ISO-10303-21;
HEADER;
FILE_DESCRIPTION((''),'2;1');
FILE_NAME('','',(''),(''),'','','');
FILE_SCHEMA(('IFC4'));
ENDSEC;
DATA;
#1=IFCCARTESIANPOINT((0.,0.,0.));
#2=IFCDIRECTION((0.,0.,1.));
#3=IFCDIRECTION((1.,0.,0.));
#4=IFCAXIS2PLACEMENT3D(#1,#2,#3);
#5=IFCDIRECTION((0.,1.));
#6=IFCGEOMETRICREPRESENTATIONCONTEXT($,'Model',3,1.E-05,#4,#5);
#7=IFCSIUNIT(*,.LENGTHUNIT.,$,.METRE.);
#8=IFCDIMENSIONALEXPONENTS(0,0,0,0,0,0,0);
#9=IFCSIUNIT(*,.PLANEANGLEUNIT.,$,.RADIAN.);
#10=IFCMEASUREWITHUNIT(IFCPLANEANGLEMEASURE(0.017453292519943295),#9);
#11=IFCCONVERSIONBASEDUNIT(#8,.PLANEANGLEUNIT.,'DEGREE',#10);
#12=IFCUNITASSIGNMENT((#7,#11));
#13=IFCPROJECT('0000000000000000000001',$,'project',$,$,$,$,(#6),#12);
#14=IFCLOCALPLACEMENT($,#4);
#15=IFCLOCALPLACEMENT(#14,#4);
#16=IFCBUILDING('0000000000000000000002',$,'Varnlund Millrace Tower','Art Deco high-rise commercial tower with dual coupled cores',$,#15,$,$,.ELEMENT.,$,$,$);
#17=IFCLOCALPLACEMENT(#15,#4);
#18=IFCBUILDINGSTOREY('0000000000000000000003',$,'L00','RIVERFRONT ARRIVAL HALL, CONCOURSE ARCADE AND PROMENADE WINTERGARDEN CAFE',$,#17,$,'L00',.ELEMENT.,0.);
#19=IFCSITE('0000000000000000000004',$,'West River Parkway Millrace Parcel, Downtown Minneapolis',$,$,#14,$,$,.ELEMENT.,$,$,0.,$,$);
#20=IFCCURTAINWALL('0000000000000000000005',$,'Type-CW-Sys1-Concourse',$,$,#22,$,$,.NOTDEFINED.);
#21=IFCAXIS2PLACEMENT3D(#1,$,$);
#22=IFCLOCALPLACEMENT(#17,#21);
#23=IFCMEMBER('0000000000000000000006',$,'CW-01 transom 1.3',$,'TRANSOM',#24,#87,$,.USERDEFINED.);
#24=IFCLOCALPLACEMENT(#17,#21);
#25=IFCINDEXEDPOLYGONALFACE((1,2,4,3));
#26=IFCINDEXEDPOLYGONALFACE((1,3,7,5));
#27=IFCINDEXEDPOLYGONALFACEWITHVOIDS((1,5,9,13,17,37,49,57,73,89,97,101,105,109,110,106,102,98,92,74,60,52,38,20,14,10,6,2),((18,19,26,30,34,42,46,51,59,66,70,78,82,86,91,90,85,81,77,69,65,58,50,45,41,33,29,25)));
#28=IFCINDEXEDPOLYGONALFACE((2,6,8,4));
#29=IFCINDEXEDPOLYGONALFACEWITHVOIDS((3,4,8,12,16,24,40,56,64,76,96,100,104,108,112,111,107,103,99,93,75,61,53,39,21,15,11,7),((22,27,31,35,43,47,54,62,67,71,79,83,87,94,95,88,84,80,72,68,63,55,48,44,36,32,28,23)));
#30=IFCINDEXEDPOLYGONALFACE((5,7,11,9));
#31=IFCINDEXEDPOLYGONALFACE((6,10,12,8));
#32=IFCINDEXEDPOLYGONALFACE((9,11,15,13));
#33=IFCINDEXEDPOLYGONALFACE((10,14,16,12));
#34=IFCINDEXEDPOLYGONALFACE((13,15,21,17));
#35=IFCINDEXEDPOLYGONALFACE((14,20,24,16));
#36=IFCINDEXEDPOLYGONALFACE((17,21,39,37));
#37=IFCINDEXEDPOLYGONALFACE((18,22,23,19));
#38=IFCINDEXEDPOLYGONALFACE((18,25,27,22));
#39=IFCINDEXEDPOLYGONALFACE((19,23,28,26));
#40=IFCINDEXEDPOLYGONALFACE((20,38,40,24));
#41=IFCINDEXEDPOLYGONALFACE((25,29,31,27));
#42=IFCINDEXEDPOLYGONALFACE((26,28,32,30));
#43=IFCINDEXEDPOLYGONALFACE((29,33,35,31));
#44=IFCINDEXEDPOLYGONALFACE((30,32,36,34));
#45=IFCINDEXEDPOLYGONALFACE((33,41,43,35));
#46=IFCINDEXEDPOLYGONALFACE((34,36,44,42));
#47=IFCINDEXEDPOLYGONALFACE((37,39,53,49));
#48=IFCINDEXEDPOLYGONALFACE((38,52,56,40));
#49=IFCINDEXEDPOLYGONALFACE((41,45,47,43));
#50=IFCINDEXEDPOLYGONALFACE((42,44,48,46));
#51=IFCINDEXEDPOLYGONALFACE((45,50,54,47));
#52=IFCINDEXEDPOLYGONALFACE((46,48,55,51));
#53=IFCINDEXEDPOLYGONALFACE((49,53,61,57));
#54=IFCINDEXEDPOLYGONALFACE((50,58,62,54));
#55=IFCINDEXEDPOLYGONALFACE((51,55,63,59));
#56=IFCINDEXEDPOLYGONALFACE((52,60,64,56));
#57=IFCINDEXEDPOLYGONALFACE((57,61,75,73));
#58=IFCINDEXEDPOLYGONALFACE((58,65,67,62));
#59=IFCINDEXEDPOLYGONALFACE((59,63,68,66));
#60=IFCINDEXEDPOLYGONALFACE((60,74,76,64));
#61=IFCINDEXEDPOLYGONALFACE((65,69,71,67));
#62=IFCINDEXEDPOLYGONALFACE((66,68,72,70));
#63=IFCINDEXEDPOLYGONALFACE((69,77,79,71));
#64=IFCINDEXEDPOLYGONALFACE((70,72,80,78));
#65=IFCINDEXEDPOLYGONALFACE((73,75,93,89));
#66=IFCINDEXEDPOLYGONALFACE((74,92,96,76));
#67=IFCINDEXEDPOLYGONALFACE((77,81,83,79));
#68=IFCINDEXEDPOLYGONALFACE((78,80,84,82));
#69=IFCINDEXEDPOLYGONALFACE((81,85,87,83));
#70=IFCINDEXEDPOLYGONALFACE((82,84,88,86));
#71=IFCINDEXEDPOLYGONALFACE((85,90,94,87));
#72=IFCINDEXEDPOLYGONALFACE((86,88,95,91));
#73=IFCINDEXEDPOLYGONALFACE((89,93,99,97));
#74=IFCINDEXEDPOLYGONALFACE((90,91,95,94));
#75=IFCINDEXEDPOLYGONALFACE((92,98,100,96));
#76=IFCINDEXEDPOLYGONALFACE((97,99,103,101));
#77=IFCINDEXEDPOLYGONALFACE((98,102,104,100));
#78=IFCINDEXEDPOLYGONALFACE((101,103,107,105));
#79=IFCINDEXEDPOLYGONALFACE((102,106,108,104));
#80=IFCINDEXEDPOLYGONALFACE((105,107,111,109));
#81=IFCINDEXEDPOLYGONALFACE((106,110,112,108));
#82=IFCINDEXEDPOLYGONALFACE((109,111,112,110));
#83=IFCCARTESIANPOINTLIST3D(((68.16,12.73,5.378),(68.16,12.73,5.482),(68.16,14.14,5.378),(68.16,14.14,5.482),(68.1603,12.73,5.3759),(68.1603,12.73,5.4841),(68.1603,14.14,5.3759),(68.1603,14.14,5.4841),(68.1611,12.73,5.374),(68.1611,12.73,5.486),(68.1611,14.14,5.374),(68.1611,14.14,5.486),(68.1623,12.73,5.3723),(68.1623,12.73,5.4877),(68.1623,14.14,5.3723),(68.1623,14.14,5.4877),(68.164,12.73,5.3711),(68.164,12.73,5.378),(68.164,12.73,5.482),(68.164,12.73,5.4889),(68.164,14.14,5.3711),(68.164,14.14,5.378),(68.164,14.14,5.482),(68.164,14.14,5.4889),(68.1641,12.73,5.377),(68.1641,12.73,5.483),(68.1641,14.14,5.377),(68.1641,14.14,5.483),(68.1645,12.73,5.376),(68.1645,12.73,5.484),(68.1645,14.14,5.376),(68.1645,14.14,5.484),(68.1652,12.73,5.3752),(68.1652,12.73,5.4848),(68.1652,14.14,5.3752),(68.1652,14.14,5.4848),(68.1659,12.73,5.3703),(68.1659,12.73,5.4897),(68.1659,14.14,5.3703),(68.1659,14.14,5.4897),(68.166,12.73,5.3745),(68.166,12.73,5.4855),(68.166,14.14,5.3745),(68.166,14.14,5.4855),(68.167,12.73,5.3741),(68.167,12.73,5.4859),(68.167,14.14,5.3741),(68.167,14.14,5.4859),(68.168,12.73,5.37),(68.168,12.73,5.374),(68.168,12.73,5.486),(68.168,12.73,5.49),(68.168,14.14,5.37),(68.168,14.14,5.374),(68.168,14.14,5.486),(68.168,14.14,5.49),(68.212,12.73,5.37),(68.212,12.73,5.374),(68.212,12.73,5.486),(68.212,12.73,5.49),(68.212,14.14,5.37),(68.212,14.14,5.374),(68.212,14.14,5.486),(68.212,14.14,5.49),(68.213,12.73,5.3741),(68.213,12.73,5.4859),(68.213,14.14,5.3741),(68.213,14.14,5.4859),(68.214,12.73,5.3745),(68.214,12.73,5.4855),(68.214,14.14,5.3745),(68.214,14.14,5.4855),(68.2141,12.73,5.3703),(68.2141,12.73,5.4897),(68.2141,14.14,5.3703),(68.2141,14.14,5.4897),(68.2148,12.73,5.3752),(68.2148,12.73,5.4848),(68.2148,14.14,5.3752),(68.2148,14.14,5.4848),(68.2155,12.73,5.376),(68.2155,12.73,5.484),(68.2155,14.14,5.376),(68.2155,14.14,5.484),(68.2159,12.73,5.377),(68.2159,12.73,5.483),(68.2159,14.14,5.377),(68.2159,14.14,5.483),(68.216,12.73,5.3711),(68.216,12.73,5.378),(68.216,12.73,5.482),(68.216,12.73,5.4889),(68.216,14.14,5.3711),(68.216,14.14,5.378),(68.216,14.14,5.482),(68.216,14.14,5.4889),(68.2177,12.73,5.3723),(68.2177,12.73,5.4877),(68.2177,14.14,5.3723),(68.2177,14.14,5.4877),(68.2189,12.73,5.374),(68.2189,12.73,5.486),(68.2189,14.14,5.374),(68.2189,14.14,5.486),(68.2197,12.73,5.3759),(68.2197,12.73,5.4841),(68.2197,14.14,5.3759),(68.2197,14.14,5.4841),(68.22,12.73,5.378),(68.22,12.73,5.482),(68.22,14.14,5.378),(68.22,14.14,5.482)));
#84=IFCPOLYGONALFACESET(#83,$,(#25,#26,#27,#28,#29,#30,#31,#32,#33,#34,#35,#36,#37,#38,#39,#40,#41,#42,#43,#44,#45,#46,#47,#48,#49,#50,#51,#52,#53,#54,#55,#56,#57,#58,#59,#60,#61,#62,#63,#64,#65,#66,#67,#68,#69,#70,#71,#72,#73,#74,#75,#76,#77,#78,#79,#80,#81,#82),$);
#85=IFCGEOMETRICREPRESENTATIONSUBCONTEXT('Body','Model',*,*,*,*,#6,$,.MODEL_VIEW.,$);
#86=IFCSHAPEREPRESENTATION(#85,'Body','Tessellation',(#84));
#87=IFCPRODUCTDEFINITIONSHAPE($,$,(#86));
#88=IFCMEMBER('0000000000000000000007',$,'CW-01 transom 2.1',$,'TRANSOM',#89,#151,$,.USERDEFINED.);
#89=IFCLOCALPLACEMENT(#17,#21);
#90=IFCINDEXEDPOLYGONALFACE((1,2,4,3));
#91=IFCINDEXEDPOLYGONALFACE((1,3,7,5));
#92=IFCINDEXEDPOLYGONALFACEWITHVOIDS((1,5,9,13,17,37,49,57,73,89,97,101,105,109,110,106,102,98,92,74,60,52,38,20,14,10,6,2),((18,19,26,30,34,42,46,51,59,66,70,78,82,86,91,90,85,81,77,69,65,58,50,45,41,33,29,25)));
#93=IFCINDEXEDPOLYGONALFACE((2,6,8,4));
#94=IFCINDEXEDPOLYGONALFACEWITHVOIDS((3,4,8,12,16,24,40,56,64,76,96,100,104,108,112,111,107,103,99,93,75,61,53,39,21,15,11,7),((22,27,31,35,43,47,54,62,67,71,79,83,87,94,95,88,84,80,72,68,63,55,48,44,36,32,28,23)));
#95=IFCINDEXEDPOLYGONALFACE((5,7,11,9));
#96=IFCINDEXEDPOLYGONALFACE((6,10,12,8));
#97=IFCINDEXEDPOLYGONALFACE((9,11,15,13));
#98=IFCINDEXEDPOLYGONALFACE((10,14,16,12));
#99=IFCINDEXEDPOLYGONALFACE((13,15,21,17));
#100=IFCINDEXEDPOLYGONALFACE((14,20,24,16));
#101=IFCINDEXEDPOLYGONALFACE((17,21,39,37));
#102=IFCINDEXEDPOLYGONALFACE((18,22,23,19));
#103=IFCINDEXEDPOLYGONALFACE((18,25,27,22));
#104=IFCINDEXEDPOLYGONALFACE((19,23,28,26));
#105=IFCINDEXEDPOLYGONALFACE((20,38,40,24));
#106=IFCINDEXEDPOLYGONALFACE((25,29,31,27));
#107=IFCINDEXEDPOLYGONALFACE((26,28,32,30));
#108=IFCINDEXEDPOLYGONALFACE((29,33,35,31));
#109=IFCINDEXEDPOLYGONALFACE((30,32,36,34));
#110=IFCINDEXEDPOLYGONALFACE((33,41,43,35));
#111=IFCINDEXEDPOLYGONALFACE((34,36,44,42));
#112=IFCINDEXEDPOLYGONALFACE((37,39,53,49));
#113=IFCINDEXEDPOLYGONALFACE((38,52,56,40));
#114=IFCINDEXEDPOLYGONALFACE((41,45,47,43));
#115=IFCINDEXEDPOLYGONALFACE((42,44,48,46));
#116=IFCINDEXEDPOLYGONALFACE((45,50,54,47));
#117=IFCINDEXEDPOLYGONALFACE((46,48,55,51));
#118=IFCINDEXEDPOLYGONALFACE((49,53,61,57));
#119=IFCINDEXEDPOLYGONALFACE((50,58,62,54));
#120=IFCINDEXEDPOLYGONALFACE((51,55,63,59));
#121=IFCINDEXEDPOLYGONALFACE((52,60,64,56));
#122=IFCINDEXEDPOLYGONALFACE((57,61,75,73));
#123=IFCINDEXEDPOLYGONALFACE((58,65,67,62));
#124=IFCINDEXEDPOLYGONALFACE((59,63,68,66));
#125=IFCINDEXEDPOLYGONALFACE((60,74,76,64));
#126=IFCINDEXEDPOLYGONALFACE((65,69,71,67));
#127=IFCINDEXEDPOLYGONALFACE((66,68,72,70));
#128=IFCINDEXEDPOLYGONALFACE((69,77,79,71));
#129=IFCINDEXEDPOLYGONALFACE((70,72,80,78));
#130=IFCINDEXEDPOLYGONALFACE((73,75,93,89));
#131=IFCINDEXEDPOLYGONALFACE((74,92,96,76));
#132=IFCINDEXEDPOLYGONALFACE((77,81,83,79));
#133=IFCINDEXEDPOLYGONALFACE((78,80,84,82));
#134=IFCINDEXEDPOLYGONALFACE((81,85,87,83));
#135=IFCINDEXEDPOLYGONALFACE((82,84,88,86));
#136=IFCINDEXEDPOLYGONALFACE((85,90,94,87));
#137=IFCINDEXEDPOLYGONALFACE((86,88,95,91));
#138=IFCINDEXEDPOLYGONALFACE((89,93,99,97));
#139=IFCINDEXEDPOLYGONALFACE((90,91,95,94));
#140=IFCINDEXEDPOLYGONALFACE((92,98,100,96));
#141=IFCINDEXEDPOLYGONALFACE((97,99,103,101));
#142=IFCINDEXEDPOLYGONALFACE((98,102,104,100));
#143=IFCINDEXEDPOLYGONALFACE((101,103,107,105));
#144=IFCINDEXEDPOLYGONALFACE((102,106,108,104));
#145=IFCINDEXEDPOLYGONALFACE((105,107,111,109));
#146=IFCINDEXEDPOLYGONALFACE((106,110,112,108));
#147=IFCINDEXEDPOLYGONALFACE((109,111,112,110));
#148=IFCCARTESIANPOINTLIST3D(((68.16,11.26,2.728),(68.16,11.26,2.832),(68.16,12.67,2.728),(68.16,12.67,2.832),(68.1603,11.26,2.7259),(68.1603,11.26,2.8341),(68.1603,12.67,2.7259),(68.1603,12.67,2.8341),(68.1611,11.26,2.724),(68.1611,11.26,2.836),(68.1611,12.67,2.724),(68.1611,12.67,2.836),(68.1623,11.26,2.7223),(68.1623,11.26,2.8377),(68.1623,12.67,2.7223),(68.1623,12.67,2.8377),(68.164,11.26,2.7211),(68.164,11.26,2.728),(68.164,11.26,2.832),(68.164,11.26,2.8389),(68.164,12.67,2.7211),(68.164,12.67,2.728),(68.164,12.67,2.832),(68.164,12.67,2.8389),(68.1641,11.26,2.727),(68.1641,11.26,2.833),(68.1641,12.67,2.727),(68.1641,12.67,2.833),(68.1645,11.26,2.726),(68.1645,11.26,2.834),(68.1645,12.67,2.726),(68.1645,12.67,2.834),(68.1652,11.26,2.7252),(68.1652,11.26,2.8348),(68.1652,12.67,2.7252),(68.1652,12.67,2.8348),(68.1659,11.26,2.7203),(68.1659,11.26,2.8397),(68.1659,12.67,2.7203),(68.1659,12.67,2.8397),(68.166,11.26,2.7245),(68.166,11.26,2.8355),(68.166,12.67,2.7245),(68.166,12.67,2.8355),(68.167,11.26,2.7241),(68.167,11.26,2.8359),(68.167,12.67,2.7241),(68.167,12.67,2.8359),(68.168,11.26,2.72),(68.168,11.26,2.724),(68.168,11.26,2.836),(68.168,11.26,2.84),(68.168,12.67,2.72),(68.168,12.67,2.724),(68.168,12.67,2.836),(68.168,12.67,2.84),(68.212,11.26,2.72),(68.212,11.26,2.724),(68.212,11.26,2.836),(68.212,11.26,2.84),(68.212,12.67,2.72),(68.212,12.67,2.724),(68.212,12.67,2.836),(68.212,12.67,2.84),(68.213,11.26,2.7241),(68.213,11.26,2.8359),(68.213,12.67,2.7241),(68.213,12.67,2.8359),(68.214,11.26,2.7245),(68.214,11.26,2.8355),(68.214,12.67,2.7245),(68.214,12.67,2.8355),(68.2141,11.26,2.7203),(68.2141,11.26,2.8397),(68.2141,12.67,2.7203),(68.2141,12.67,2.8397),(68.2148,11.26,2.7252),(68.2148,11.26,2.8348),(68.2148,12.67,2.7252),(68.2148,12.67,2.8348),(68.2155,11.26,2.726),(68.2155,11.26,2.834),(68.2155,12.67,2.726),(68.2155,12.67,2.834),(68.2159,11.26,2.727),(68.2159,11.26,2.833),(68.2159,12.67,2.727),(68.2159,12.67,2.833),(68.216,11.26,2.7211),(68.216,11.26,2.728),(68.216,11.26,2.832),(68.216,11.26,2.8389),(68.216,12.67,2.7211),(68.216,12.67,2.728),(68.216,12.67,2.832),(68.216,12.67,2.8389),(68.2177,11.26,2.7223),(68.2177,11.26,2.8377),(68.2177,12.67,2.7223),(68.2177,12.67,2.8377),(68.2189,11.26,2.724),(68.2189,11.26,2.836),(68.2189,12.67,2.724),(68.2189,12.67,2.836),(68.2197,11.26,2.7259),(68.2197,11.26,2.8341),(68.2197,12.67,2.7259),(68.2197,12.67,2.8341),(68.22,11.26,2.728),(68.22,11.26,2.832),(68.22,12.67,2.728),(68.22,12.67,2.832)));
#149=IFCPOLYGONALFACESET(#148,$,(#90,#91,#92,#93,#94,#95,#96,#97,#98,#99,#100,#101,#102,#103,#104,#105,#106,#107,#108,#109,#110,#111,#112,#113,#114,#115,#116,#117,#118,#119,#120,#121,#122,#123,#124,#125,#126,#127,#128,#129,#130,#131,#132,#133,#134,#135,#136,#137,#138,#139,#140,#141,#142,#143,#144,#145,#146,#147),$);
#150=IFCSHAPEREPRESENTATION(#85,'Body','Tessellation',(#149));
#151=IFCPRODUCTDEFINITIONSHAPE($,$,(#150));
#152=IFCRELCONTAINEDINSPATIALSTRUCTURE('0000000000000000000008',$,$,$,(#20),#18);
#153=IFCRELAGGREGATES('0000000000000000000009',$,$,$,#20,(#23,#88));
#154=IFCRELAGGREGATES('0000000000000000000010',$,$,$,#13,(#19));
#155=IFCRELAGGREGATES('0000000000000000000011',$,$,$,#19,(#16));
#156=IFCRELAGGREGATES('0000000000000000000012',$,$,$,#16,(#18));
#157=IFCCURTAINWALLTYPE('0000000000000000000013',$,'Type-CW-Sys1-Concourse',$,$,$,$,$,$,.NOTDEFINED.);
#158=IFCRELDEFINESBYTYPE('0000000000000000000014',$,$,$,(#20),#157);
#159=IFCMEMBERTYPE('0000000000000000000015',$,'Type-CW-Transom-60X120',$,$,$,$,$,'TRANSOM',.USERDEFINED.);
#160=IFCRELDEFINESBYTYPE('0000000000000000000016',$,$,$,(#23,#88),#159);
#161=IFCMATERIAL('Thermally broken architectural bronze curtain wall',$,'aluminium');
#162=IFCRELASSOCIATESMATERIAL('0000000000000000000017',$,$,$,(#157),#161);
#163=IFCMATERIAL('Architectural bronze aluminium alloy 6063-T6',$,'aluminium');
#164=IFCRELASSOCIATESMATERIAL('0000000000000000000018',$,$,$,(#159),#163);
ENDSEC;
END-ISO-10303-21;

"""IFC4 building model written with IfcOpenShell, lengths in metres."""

from ifc_helpers import new_model, entity, si_unit, converted_unit, direction, frame, origin_with_axes, origin_2d_with_axis, place, context, subcontext, project, spatial, hollow_rectangle, extrude, material, material_profile, profile_set, type_object, element, aggregate, save


model = new_model("IFC4")

# Units and contexts
model_context = context("Model", 3, precision=1e-05, world=origin_with_axes(), true_north=direction((0.0, 1.0)))
body_context = subcontext(model_context, "Body", "Model", "MODEL_VIEW")
ifc_project = project(units=[si_unit("LENGTHUNIT", "METRE"), converted_unit("PLANEANGLEUNIT", "DEGREE", entity("IfcPlaneAngleMeasure", 0.017453292519943295), si_unit("PLANEANGLEUNIT", "RADIAN"), dimensions=[0, 0, 0, 0, 0, 0, 0])], contexts=[model_context])

# Site, building, storey
site_placement = place(None, origin_with_axes())
site = spatial("IfcSite", under=ifc_project, at=site_placement, Name="West River Parkway Millrace Parcel, Downtown Minneapolis", CompositionType="ELEMENT", RefElevation=0.0)
building_placement = place(site_placement, origin_with_axes())
building = spatial("IfcBuilding", under=site, at=building_placement, Name="Varnlund Millrace Tower", Description="Art Deco high-rise commercial tower with dual coupled cores", CompositionType="ELEMENT")
storey_placement = place(building_placement, origin_with_axes())
storey = spatial("IfcBuildingStorey", under=building, at=storey_placement, Name="L00", Description="RIVERFRONT ARRIVAL HALL, CONCOURSE ARCADE AND PROMENADE WINTERGARDEN CAFE", LongName="L00", CompositionType="ELEMENT", Elevation=0.0)

# Curtain wall
ifc_material_1 = material(Name="Thermally broken architectural bronze curtain wall", Category="aluminium")
curtain_wall_type = type_object("IfcCurtainWallType", Name="Type-CW-Sys1-Concourse", PredefinedType="NOTDEFINED", material=ifc_material_1)
curtain_wall_1_placement = place(storey_placement, frame((68.19, 14.2, 2.75), z_axis=(0.0, 0.0, 1.0), x_axis=(1.0, 0.0, 0.0)))
curtain_wall_1 = element("IfcCurtainWall", 1, at=curtain_wall_1_placement, inside=storey, type_object=curtain_wall_type, Name="Type-CW-Sys1-Concourse", PredefinedType="NOTDEFINED")
ifc_material_2 = material(Name="Architectural bronze aluminium alloy 6063-T6", Category="aluminium")

# Members
ifc_material_profile_1 = material_profile(ifc_material_2, hollow_rectangle(XDim=0.06, YDim=0.12, WallThickness=0.004, InnerFilletRadius=0.004, OuterFilletRadius=0.008, at=origin_2d_with_axis()), Name="Architectural bronze aluminium alloy 6063-T6")
ifc_profile_set_1 = profile_set([ifc_material_profile_1], Name="Architectural bronze aluminium alloy 6063-T6")
member_type_1 = type_object("IfcMemberType", Name="Type-CW-Transom-60X120", ElementType="TRANSOM", PredefinedType="USERDEFINED", material=ifc_profile_set_1)
member_1_placement = place(storey_placement, frame((68.19, 14.14, 5.43), z_axis=(0.0, -1.0, 0.0), x_axis=(1.0, 0.0, 0.0)))
member_1 = element("IfcMember", 2, at=member_1_placement, type_object=member_type_1, Name="CW-01 transom 1.3", ObjectType="TRANSOM", PredefinedType="USERDEFINED", context=body_context, shape_type="SweptSolid", body=[
    extrude(hollow_rectangle(XDim=0.06, YDim=0.12, WallThickness=0.004, InnerFilletRadius=0.004, OuterFilletRadius=0.008, at=origin_2d_with_axis()), origin_with_axes(), (0.0, 0.0, 1.0), 1.41),
])
member_2_placement = place(storey_placement, frame((68.19, 12.67, 2.78), z_axis=(0.0, -1.0, 0.0), x_axis=(1.0, 0.0, 0.0)))
member_2 = element("IfcMember", 3, at=member_2_placement, type_object=member_type_1, Name="CW-01 transom 2.1", ObjectType="TRANSOM", PredefinedType="USERDEFINED", context=body_context, shape_type="SweptSolid", body=[
    extrude(hollow_rectangle(XDim=0.06, YDim=0.12, WallThickness=0.004, InnerFilletRadius=0.004, OuterFilletRadius=0.008, at=origin_2d_with_axis()), origin_with_axes(), (0.0, 0.0, 1.0), 1.41),
])

aggregate(curtain_wall_1, [member_1, member_2])

save(model, "model.ifc")
